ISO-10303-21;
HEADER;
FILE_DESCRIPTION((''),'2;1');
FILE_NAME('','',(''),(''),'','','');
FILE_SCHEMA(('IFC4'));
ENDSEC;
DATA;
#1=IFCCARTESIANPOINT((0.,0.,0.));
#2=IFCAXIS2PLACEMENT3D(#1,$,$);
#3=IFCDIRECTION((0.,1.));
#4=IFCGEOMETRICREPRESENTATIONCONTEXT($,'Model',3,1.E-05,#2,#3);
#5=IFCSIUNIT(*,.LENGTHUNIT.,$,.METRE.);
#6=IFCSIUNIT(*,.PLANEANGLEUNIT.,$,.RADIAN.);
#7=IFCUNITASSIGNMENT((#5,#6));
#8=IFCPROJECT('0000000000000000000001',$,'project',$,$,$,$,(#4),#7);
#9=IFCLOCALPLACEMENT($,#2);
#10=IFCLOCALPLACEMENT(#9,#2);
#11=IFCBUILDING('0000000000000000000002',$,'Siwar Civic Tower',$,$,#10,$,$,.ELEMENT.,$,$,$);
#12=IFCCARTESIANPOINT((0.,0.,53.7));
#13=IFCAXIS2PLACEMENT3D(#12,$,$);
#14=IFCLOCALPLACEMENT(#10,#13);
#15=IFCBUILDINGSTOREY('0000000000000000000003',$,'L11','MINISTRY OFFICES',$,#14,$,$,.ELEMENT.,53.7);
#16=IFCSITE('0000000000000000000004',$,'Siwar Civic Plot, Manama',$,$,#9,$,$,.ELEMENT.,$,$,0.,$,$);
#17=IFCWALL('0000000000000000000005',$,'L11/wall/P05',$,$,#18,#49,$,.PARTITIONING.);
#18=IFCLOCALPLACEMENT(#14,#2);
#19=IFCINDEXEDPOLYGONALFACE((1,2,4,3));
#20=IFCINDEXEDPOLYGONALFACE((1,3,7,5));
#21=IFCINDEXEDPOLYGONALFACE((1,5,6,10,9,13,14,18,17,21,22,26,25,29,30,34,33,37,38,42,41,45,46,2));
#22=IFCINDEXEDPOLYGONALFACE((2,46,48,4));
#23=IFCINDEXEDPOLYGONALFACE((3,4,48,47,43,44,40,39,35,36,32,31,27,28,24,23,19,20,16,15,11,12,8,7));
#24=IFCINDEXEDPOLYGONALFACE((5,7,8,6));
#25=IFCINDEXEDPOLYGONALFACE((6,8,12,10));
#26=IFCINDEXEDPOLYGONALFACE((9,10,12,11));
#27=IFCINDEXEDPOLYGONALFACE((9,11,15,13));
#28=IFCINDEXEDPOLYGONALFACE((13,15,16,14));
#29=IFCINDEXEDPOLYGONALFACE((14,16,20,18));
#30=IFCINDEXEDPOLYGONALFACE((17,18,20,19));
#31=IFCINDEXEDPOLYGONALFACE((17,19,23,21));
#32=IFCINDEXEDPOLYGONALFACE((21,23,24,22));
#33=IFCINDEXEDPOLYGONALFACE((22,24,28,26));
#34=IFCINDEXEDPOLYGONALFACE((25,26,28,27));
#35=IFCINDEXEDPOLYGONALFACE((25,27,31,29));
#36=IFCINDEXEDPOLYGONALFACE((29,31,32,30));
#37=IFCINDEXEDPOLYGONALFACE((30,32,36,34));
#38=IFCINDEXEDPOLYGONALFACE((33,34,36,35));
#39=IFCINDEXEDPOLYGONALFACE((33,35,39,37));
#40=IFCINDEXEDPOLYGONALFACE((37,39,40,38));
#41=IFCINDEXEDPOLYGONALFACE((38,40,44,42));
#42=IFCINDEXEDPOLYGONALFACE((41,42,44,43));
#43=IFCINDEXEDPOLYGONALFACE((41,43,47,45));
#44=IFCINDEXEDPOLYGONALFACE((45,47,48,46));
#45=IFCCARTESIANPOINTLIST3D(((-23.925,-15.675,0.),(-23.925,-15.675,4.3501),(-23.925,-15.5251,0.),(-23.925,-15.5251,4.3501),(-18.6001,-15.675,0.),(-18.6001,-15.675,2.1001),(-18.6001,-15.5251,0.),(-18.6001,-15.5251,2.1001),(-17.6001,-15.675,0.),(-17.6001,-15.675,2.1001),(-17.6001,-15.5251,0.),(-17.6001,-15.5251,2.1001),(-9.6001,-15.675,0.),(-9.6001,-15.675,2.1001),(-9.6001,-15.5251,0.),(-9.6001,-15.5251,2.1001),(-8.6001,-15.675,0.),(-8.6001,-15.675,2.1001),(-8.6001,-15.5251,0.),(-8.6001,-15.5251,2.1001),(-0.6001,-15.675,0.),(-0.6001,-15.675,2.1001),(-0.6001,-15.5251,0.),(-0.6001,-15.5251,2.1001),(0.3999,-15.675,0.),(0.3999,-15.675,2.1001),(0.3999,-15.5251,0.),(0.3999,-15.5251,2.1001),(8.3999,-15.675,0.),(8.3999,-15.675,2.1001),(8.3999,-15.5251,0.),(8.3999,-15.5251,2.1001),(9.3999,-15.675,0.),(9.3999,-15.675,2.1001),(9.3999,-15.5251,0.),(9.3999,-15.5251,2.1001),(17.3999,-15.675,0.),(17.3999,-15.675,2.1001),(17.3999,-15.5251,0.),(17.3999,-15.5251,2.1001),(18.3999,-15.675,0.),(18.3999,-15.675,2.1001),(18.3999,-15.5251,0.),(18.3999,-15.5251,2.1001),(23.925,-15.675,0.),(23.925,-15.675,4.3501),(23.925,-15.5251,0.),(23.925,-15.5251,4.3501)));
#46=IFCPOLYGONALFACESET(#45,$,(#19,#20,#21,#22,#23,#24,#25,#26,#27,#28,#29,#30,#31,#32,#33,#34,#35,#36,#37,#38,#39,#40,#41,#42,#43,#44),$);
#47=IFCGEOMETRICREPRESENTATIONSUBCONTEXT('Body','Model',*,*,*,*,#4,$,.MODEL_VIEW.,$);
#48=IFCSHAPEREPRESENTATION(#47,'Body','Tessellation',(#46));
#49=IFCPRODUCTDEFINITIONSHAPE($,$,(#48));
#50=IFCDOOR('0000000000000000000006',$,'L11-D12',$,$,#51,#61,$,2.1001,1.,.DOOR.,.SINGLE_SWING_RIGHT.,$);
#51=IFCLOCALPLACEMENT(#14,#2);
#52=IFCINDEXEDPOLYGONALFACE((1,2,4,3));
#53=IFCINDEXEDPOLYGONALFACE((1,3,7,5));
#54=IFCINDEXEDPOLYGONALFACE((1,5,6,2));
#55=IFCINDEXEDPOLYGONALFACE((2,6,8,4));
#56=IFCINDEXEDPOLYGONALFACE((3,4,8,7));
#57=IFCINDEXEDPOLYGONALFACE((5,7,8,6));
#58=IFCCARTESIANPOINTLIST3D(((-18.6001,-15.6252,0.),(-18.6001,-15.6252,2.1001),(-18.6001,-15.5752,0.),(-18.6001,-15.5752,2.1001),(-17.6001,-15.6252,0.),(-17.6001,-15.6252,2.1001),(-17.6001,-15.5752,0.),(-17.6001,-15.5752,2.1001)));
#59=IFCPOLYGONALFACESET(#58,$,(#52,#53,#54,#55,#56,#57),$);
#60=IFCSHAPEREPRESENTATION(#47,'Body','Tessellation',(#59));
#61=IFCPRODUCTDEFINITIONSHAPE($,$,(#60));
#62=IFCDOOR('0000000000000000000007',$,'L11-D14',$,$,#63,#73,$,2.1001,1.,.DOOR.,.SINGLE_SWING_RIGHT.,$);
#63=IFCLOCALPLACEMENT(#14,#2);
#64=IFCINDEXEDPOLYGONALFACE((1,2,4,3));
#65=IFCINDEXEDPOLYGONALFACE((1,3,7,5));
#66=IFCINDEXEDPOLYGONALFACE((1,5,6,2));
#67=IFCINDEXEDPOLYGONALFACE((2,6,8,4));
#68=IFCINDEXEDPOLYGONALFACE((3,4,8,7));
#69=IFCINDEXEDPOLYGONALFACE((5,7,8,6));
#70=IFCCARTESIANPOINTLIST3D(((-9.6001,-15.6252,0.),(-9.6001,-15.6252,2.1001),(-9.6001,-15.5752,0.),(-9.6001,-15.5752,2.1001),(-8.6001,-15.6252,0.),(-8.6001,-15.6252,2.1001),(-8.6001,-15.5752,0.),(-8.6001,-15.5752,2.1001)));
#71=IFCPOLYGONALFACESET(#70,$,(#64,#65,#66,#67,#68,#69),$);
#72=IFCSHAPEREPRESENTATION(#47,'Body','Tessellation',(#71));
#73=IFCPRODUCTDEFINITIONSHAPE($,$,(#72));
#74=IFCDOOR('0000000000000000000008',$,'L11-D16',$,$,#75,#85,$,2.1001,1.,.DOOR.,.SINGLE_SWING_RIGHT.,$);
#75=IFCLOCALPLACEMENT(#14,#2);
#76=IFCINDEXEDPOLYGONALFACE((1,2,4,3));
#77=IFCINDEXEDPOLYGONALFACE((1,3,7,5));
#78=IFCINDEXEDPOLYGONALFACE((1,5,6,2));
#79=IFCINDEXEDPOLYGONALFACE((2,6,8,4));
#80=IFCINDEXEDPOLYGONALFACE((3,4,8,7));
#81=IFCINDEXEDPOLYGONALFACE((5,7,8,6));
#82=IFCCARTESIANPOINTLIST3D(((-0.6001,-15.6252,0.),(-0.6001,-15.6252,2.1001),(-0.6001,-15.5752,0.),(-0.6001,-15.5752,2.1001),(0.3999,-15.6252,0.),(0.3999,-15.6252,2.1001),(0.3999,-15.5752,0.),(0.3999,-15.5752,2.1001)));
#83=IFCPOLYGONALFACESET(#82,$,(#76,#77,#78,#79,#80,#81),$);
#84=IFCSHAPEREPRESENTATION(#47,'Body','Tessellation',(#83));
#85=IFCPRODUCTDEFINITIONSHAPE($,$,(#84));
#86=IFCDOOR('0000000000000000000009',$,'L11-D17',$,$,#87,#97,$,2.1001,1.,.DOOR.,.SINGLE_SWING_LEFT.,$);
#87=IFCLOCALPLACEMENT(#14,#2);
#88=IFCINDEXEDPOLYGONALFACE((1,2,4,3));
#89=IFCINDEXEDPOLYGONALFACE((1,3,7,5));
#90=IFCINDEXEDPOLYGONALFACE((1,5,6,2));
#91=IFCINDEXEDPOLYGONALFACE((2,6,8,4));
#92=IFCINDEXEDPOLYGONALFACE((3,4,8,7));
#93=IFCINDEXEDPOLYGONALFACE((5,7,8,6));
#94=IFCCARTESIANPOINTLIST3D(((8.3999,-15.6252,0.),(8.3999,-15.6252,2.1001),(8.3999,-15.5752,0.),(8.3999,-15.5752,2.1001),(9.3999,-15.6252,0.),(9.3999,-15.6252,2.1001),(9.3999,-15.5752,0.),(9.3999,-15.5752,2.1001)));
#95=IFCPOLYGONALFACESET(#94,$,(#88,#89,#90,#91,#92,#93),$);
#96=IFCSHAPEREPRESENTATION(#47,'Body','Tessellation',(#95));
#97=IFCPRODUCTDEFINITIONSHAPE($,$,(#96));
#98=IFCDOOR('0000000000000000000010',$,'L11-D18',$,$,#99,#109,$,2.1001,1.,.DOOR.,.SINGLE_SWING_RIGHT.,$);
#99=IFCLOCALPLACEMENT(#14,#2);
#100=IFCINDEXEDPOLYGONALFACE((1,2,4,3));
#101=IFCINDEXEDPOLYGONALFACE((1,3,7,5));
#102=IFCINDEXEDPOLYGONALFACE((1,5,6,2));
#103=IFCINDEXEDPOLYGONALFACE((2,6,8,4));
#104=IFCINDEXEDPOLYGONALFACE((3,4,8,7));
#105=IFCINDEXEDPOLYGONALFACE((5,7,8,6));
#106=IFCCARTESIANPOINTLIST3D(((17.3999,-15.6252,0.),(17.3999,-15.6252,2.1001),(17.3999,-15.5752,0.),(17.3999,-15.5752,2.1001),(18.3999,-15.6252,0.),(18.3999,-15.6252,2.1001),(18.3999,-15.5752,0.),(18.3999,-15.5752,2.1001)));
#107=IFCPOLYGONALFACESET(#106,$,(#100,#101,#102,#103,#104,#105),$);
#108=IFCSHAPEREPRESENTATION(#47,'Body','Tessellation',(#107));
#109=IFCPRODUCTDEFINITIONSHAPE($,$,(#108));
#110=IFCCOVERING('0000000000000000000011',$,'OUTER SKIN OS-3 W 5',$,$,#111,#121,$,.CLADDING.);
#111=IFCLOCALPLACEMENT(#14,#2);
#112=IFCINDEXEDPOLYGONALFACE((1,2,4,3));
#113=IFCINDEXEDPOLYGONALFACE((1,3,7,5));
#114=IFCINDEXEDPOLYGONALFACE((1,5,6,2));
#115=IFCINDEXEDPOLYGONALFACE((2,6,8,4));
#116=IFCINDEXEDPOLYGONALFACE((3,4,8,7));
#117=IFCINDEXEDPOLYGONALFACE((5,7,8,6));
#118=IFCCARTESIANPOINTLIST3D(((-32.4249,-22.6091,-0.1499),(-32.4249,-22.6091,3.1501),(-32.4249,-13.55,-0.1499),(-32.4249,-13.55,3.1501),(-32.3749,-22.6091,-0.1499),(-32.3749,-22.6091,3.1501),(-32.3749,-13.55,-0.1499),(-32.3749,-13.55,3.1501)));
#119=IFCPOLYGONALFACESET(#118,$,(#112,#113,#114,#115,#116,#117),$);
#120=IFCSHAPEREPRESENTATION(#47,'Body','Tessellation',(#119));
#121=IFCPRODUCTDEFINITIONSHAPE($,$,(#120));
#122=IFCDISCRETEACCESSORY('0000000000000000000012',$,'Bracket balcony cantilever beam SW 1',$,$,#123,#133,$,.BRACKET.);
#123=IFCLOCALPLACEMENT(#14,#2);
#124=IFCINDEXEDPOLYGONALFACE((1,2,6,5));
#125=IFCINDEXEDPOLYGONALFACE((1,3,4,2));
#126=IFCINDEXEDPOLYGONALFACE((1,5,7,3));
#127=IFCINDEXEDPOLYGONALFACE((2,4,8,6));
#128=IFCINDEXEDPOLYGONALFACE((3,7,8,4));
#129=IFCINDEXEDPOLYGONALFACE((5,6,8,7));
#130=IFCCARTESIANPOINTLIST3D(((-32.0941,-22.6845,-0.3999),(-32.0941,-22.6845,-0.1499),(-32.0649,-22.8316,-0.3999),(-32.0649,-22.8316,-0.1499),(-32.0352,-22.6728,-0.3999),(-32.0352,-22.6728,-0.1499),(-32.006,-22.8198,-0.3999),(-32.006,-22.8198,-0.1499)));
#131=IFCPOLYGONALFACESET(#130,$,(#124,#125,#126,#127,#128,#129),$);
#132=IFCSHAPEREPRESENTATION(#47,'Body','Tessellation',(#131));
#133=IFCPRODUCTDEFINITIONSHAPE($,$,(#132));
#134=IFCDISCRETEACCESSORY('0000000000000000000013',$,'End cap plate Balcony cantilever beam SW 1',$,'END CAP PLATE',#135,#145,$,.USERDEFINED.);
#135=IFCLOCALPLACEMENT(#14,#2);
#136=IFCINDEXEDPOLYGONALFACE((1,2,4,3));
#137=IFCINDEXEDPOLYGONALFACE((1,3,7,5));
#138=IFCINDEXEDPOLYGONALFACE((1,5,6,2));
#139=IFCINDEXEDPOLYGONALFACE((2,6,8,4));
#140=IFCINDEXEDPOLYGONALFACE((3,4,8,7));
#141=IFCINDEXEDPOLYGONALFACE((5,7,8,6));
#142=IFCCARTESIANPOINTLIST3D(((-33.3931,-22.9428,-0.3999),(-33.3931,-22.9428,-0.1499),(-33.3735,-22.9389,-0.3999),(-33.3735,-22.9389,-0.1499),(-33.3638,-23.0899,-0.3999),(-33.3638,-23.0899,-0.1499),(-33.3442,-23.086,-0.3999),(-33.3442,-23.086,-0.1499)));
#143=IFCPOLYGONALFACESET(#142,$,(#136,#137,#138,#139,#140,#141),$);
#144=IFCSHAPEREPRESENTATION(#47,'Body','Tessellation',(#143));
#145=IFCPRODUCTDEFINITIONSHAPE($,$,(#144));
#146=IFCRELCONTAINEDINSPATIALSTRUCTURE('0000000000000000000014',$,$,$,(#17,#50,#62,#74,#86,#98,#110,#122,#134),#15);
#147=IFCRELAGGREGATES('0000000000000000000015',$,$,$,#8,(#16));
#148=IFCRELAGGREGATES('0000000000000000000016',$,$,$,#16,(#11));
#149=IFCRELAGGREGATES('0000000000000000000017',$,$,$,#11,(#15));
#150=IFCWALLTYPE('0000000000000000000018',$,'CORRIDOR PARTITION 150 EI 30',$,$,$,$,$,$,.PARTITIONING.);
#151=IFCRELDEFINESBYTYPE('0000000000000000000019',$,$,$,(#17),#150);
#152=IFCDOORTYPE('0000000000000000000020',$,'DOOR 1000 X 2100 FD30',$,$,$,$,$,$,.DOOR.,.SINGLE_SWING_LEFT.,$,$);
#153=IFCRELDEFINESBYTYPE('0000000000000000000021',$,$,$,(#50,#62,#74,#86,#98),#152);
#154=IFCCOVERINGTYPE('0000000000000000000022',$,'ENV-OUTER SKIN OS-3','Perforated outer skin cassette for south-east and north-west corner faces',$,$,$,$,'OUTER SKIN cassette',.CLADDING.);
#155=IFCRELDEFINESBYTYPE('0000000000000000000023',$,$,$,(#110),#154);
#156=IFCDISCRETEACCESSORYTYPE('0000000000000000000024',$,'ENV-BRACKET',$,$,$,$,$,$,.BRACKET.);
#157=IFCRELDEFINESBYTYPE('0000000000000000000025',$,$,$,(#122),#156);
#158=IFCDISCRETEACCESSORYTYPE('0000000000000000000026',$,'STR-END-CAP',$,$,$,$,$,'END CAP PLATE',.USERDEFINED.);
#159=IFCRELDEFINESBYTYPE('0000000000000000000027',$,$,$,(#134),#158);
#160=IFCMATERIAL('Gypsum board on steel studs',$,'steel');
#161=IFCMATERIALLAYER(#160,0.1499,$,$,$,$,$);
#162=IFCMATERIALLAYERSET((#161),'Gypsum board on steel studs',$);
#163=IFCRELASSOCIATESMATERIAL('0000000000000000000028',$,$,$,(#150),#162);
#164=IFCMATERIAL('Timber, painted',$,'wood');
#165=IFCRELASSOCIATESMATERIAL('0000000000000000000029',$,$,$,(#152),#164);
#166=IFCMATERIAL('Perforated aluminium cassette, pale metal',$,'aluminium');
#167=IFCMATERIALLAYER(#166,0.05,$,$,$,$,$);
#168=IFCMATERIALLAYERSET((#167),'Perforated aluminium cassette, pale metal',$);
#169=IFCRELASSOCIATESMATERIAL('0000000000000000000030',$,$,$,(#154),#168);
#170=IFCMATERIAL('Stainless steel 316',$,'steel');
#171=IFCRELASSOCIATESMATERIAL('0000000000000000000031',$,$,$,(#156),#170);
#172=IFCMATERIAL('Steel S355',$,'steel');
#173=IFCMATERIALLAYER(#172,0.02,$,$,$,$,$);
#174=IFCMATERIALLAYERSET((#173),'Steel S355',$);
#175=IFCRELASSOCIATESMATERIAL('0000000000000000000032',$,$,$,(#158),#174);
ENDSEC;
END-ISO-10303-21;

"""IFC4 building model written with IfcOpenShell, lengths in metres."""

from ifc_helpers import new_model, si_unit, direction, frame, frame_2d, origin, origin_2d, place, context, subcontext, project, spatial, rectangle, extrude, material, layer, layer_set, type_object, element, fill, save


model = new_model("IFC4")

# Units and contexts
model_context = context("Model", 3, precision=1e-05, world=origin(), true_north=direction((0.0, 1.0)))
body_context = subcontext(model_context, "Body", "Model", "MODEL_VIEW")
ifc_project = project(units=[si_unit("LENGTHUNIT", "METRE"), si_unit("PLANEANGLEUNIT", "RADIAN")], contexts=[model_context])

# Site, building, storey
site_placement = place(None, origin())
site = spatial("IfcSite", under=ifc_project, at=site_placement, Name="Siwar Civic Plot, Manama", CompositionType="ELEMENT", RefElevation=0.0)
building_placement = place(site_placement, origin())
building = spatial("IfcBuilding", under=site, at=building_placement, Name="Siwar Civic Tower", CompositionType="ELEMENT")
storey_placement = place(building_placement, frame((0.0, 0.0, 53.7)))
storey = spatial("IfcBuildingStorey", under=building, at=storey_placement, Name="L11", Description="MINISTRY OFFICES", CompositionType="ELEMENT", Elevation=53.7)

# Wall, openings, doors
ifc_material_1 = material(Name="Gypsum board on steel studs", Category="steel")
ifc_layer_1 = layer(ifc_material_1, 0.1499)
ifc_layer_set_1 = layer_set([ifc_layer_1], Name="Gypsum board on steel studs")
wall_type = type_object("IfcWallType", Name="CORRIDOR PARTITION 150 EI 30", PredefinedType="PARTITIONING", material=ifc_layer_set_1)
wall_placement = place(storey_placement, frame((-23.925, -15.6001, 0.0), z_axis=(0.0, 0.0, 1.0), x_axis=(1.0, 0.0, 0.0)))
wall = element("IfcWall", 1, at=wall_placement, inside=storey, type_object=wall_type, Name="L11/wall/P05", PredefinedType="PARTITIONING", context=body_context, shape_type="SweptSolid", body=[
    extrude(rectangle(XDim=47.8501, YDim=0.1499, at=frame_2d((23.925, 0.0))), origin(), (0.0, 0.0, 1.0), 4.3501),
])
opening_1_placement = place(wall_placement, frame((5.325, 0.0, 0.0)))
opening_1 = element("IfcOpeningElement", 2, at=opening_1_placement, cuts=wall, PredefinedType="OPENING", context=body_context, shape_type="SweptSolid", body=[
    extrude(rectangle(XDim=1.0, YDim=2.1001, at=frame_2d((0.5, 1.05))), frame((0.0, 0.085, 0.0), z_axis=(0.0, -1.0, 0.0), x_axis=(1.0, 0.0, 0.0)), (0.0, 0.0, 1.0), 0.1699),
])
opening_2_placement = place(wall_placement, frame((14.325, 0.0, 0.0)))
opening_2 = element("IfcOpeningElement", 3, at=opening_2_placement, cuts=wall, PredefinedType="OPENING", context=body_context, shape_type="SweptSolid", body=[
    extrude(rectangle(XDim=1.0, YDim=2.1001, at=frame_2d((0.5, 1.05))), frame((0.0, 0.085, 0.0), z_axis=(0.0, -1.0, 0.0), x_axis=(1.0, 0.0, 0.0)), (0.0, 0.0, 1.0), 0.1699),
])
opening_3_placement = place(wall_placement, frame((23.325, 0.0, 0.0)))
opening_3 = element("IfcOpeningElement", 4, at=opening_3_placement, cuts=wall, PredefinedType="OPENING", context=body_context, shape_type="SweptSolid", body=[
    extrude(rectangle(XDim=1.0, YDim=2.1001, at=frame_2d((0.5, 1.05))), frame((0.0, 0.085, 0.0), z_axis=(0.0, -1.0, 0.0), x_axis=(1.0, 0.0, 0.0)), (0.0, 0.0, 1.0), 0.1699),
])
opening_4_placement = place(wall_placement, frame((32.325, 0.0, 0.0)))
opening_4 = element("IfcOpeningElement", 5, at=opening_4_placement, cuts=wall, PredefinedType="OPENING", context=body_context, shape_type="SweptSolid", body=[
    extrude(rectangle(XDim=1.0, YDim=2.1001, at=frame_2d((0.5, 1.05))), frame((0.0, 0.085, 0.0), z_axis=(0.0, -1.0, 0.0), x_axis=(1.0, 0.0, 0.0)), (0.0, 0.0, 1.0), 0.1699),
])
opening_5_placement = place(wall_placement, frame((41.325, 0.0, 0.0)))
opening_5 = element("IfcOpeningElement", 6, at=opening_5_placement, cuts=wall, PredefinedType="OPENING", context=body_context, shape_type="SweptSolid", body=[
    extrude(rectangle(XDim=1.0, YDim=2.1001, at=frame_2d((0.5, 1.05))), frame((0.0, 0.085, 0.0), z_axis=(0.0, -1.0, 0.0), x_axis=(1.0, 0.0, 0.0)), (0.0, 0.0, 1.0), 0.1699),
])
ifc_material_2 = material(Name="Timber, painted", Category="wood")
door_type = type_object("IfcDoorType", Name="DOOR 1000 X 2100 FD30", OperationType="SINGLE_SWING_LEFT", PredefinedType="DOOR", material=ifc_material_2)
door_1_placement = place(opening_1_placement, origin())
door_1 = element("IfcDoor", 7, at=door_1_placement, inside=storey, type_object=door_type, Name="L11-D12", OperationType="SINGLE_SWING_RIGHT", OverallHeight=2.1001, OverallWidth=1.0, PredefinedType="DOOR", context=body_context, shape_type="SweptSolid", body=[
    extrude(rectangle(XDim=1.0, YDim=2.1001, at=frame_2d((0.5, 1.05))), frame((0.0, 0.0249, 0.0), z_axis=(0.0, -1.0, 0.0), x_axis=(1.0, 0.0, 0.0)), (0.0, 0.0, 1.0), 0.05),
])
fill(opening_1, door_1)
door_2_placement = place(opening_2_placement, origin())
door_2 = element("IfcDoor", 8, at=door_2_placement, inside=storey, type_object=door_type, Name="L11-D14", OperationType="SINGLE_SWING_RIGHT", OverallHeight=2.1001, OverallWidth=1.0, PredefinedType="DOOR", context=body_context, shape_type="SweptSolid", body=[
    extrude(rectangle(XDim=1.0, YDim=2.1001, at=frame_2d((0.5, 1.05))), frame((0.0, 0.0249, 0.0), z_axis=(0.0, -1.0, 0.0), x_axis=(1.0, 0.0, 0.0)), (0.0, 0.0, 1.0), 0.05),
])
fill(opening_2, door_2)
door_3_placement = place(opening_3_placement, origin())
door_3 = element("IfcDoor", 9, at=door_3_placement, inside=storey, type_object=door_type, Name="L11-D16", OperationType="SINGLE_SWING_RIGHT", OverallHeight=2.1001, OverallWidth=1.0, PredefinedType="DOOR", context=body_context, shape_type="SweptSolid", body=[
    extrude(rectangle(XDim=1.0, YDim=2.1001, at=frame_2d((0.5, 1.05))), frame((0.0, 0.0249, 0.0), z_axis=(0.0, -1.0, 0.0), x_axis=(1.0, 0.0, 0.0)), (0.0, 0.0, 1.0), 0.05),
])
fill(opening_3, door_3)
door_4_placement = place(opening_4_placement, origin())
door_4 = element("IfcDoor", 10, at=door_4_placement, inside=storey, type_object=door_type, Name="L11-D17", OperationType="SINGLE_SWING_LEFT", OverallHeight=2.1001, OverallWidth=1.0, PredefinedType="DOOR", context=body_context, shape_type="SweptSolid", body=[
    extrude(rectangle(XDim=1.0, YDim=2.1001, at=frame_2d((0.5, 1.05))), frame((0.0, 0.0249, 0.0), z_axis=(0.0, -1.0, 0.0), x_axis=(1.0, 0.0, 0.0)), (0.0, 0.0, 1.0), 0.05),
])
fill(opening_4, door_4)
door_5_placement = place(opening_5_placement, origin())
door_5 = element("IfcDoor", 11, at=door_5_placement, inside=storey, type_object=door_type, Name="L11-D18", OperationType="SINGLE_SWING_RIGHT", OverallHeight=2.1001, OverallWidth=1.0, PredefinedType="DOOR", context=body_context, shape_type="SweptSolid", body=[
    extrude(rectangle(XDim=1.0, YDim=2.1001, at=frame_2d((0.5, 1.05))), frame((0.0, 0.0249, 0.0), z_axis=(0.0, -1.0, 0.0), x_axis=(1.0, 0.0, 0.0)), (0.0, 0.0, 1.0), 0.05),
])
fill(opening_5, door_5)

# Covering
ifc_material_3 = material(Name="Perforated aluminium cassette, pale metal", Category="aluminium")
ifc_layer_2 = layer(ifc_material_3, 0.05)
ifc_layer_set_2 = layer_set([ifc_layer_2], Name="Perforated aluminium cassette, pale metal")
covering_type = type_object("IfcCoveringType", Name="ENV-OUTER SKIN OS-3", Description="Perforated outer skin cassette for south-east and north-west corner faces", ElementType="OUTER SKIN cassette", PredefinedType="CLADDING", material=ifc_layer_set_2)
covering_placement = place(storey_placement, frame((-32.3999, -18.0796, -0.1499), z_axis=(0.0, 0.0, 1.0), x_axis=(0.0, -1.0, 0.0)))
element("IfcCovering", 12, at=covering_placement, inside=storey, type_object=covering_type, Name="OUTER SKIN OS-3 W 5", PredefinedType="CLADDING", context=body_context, shape_type="SweptSolid", body=[
    extrude(rectangle(XDim=9.0591, YDim=0.05, at=origin_2d()), origin(), (0.0, 0.0, 1.0), 3.3),
])

# Discrete accessories
ifc_material_4 = material(Name="Stainless steel 316", Category="steel")
discrete_accessory_type_1 = type_object("IfcDiscreteAccessoryType", Name="ENV-BRACKET", PredefinedType="BRACKET", material=ifc_material_4)
discrete_accessory_1_placement = place(storey_placement, frame((-32.05, -22.7522, -0.3999), z_axis=(0.0, 0.0, 1.0), x_axis=(-0.980785, -0.19509, 0.0)))
element("IfcDiscreteAccessory", 13, at=discrete_accessory_1_placement, inside=storey, type_object=discrete_accessory_type_1, Name="Bracket balcony cantilever beam SW 1", PredefinedType="BRACKET", context=body_context, shape_type="SweptSolid", body=[
    extrude(rectangle(XDim=0.0601, YDim=0.1499, at=origin_2d()), origin(), (0.0, 0.0, 1.0), 0.25),
])
ifc_material_5 = material(Name="Steel S355", Category="steel")
ifc_layer_3 = layer(ifc_material_5, 0.02)
ifc_layer_set_3 = layer_set([ifc_layer_3], Name="Steel S355")
discrete_accessory_type_2 = type_object("IfcDiscreteAccessoryType", Name="STR-END-CAP", ElementType="END CAP PLATE", PredefinedType="USERDEFINED", material=ifc_layer_set_3)
discrete_accessory_2_placement = place(storey_placement, frame((-33.3687, -23.0144, -0.3999), z_axis=(0.0, 0.0, 1.0), x_axis=(-0.980785, -0.19509, 0.0)))
element("IfcDiscreteAccessory", 14, at=discrete_accessory_2_placement, inside=storey, type_object=discrete_accessory_type_2, Name="End cap plate Balcony cantilever beam SW 1", ObjectType="END CAP PLATE", PredefinedType="USERDEFINED", context=body_context, shape_type="SweptSolid", body=[
    extrude(rectangle(XDim=0.02, YDim=0.1499, at=origin_2d()), origin(), (0.0, 0.0, 1.0), 0.25),
])

save(model, "model.ifc")
